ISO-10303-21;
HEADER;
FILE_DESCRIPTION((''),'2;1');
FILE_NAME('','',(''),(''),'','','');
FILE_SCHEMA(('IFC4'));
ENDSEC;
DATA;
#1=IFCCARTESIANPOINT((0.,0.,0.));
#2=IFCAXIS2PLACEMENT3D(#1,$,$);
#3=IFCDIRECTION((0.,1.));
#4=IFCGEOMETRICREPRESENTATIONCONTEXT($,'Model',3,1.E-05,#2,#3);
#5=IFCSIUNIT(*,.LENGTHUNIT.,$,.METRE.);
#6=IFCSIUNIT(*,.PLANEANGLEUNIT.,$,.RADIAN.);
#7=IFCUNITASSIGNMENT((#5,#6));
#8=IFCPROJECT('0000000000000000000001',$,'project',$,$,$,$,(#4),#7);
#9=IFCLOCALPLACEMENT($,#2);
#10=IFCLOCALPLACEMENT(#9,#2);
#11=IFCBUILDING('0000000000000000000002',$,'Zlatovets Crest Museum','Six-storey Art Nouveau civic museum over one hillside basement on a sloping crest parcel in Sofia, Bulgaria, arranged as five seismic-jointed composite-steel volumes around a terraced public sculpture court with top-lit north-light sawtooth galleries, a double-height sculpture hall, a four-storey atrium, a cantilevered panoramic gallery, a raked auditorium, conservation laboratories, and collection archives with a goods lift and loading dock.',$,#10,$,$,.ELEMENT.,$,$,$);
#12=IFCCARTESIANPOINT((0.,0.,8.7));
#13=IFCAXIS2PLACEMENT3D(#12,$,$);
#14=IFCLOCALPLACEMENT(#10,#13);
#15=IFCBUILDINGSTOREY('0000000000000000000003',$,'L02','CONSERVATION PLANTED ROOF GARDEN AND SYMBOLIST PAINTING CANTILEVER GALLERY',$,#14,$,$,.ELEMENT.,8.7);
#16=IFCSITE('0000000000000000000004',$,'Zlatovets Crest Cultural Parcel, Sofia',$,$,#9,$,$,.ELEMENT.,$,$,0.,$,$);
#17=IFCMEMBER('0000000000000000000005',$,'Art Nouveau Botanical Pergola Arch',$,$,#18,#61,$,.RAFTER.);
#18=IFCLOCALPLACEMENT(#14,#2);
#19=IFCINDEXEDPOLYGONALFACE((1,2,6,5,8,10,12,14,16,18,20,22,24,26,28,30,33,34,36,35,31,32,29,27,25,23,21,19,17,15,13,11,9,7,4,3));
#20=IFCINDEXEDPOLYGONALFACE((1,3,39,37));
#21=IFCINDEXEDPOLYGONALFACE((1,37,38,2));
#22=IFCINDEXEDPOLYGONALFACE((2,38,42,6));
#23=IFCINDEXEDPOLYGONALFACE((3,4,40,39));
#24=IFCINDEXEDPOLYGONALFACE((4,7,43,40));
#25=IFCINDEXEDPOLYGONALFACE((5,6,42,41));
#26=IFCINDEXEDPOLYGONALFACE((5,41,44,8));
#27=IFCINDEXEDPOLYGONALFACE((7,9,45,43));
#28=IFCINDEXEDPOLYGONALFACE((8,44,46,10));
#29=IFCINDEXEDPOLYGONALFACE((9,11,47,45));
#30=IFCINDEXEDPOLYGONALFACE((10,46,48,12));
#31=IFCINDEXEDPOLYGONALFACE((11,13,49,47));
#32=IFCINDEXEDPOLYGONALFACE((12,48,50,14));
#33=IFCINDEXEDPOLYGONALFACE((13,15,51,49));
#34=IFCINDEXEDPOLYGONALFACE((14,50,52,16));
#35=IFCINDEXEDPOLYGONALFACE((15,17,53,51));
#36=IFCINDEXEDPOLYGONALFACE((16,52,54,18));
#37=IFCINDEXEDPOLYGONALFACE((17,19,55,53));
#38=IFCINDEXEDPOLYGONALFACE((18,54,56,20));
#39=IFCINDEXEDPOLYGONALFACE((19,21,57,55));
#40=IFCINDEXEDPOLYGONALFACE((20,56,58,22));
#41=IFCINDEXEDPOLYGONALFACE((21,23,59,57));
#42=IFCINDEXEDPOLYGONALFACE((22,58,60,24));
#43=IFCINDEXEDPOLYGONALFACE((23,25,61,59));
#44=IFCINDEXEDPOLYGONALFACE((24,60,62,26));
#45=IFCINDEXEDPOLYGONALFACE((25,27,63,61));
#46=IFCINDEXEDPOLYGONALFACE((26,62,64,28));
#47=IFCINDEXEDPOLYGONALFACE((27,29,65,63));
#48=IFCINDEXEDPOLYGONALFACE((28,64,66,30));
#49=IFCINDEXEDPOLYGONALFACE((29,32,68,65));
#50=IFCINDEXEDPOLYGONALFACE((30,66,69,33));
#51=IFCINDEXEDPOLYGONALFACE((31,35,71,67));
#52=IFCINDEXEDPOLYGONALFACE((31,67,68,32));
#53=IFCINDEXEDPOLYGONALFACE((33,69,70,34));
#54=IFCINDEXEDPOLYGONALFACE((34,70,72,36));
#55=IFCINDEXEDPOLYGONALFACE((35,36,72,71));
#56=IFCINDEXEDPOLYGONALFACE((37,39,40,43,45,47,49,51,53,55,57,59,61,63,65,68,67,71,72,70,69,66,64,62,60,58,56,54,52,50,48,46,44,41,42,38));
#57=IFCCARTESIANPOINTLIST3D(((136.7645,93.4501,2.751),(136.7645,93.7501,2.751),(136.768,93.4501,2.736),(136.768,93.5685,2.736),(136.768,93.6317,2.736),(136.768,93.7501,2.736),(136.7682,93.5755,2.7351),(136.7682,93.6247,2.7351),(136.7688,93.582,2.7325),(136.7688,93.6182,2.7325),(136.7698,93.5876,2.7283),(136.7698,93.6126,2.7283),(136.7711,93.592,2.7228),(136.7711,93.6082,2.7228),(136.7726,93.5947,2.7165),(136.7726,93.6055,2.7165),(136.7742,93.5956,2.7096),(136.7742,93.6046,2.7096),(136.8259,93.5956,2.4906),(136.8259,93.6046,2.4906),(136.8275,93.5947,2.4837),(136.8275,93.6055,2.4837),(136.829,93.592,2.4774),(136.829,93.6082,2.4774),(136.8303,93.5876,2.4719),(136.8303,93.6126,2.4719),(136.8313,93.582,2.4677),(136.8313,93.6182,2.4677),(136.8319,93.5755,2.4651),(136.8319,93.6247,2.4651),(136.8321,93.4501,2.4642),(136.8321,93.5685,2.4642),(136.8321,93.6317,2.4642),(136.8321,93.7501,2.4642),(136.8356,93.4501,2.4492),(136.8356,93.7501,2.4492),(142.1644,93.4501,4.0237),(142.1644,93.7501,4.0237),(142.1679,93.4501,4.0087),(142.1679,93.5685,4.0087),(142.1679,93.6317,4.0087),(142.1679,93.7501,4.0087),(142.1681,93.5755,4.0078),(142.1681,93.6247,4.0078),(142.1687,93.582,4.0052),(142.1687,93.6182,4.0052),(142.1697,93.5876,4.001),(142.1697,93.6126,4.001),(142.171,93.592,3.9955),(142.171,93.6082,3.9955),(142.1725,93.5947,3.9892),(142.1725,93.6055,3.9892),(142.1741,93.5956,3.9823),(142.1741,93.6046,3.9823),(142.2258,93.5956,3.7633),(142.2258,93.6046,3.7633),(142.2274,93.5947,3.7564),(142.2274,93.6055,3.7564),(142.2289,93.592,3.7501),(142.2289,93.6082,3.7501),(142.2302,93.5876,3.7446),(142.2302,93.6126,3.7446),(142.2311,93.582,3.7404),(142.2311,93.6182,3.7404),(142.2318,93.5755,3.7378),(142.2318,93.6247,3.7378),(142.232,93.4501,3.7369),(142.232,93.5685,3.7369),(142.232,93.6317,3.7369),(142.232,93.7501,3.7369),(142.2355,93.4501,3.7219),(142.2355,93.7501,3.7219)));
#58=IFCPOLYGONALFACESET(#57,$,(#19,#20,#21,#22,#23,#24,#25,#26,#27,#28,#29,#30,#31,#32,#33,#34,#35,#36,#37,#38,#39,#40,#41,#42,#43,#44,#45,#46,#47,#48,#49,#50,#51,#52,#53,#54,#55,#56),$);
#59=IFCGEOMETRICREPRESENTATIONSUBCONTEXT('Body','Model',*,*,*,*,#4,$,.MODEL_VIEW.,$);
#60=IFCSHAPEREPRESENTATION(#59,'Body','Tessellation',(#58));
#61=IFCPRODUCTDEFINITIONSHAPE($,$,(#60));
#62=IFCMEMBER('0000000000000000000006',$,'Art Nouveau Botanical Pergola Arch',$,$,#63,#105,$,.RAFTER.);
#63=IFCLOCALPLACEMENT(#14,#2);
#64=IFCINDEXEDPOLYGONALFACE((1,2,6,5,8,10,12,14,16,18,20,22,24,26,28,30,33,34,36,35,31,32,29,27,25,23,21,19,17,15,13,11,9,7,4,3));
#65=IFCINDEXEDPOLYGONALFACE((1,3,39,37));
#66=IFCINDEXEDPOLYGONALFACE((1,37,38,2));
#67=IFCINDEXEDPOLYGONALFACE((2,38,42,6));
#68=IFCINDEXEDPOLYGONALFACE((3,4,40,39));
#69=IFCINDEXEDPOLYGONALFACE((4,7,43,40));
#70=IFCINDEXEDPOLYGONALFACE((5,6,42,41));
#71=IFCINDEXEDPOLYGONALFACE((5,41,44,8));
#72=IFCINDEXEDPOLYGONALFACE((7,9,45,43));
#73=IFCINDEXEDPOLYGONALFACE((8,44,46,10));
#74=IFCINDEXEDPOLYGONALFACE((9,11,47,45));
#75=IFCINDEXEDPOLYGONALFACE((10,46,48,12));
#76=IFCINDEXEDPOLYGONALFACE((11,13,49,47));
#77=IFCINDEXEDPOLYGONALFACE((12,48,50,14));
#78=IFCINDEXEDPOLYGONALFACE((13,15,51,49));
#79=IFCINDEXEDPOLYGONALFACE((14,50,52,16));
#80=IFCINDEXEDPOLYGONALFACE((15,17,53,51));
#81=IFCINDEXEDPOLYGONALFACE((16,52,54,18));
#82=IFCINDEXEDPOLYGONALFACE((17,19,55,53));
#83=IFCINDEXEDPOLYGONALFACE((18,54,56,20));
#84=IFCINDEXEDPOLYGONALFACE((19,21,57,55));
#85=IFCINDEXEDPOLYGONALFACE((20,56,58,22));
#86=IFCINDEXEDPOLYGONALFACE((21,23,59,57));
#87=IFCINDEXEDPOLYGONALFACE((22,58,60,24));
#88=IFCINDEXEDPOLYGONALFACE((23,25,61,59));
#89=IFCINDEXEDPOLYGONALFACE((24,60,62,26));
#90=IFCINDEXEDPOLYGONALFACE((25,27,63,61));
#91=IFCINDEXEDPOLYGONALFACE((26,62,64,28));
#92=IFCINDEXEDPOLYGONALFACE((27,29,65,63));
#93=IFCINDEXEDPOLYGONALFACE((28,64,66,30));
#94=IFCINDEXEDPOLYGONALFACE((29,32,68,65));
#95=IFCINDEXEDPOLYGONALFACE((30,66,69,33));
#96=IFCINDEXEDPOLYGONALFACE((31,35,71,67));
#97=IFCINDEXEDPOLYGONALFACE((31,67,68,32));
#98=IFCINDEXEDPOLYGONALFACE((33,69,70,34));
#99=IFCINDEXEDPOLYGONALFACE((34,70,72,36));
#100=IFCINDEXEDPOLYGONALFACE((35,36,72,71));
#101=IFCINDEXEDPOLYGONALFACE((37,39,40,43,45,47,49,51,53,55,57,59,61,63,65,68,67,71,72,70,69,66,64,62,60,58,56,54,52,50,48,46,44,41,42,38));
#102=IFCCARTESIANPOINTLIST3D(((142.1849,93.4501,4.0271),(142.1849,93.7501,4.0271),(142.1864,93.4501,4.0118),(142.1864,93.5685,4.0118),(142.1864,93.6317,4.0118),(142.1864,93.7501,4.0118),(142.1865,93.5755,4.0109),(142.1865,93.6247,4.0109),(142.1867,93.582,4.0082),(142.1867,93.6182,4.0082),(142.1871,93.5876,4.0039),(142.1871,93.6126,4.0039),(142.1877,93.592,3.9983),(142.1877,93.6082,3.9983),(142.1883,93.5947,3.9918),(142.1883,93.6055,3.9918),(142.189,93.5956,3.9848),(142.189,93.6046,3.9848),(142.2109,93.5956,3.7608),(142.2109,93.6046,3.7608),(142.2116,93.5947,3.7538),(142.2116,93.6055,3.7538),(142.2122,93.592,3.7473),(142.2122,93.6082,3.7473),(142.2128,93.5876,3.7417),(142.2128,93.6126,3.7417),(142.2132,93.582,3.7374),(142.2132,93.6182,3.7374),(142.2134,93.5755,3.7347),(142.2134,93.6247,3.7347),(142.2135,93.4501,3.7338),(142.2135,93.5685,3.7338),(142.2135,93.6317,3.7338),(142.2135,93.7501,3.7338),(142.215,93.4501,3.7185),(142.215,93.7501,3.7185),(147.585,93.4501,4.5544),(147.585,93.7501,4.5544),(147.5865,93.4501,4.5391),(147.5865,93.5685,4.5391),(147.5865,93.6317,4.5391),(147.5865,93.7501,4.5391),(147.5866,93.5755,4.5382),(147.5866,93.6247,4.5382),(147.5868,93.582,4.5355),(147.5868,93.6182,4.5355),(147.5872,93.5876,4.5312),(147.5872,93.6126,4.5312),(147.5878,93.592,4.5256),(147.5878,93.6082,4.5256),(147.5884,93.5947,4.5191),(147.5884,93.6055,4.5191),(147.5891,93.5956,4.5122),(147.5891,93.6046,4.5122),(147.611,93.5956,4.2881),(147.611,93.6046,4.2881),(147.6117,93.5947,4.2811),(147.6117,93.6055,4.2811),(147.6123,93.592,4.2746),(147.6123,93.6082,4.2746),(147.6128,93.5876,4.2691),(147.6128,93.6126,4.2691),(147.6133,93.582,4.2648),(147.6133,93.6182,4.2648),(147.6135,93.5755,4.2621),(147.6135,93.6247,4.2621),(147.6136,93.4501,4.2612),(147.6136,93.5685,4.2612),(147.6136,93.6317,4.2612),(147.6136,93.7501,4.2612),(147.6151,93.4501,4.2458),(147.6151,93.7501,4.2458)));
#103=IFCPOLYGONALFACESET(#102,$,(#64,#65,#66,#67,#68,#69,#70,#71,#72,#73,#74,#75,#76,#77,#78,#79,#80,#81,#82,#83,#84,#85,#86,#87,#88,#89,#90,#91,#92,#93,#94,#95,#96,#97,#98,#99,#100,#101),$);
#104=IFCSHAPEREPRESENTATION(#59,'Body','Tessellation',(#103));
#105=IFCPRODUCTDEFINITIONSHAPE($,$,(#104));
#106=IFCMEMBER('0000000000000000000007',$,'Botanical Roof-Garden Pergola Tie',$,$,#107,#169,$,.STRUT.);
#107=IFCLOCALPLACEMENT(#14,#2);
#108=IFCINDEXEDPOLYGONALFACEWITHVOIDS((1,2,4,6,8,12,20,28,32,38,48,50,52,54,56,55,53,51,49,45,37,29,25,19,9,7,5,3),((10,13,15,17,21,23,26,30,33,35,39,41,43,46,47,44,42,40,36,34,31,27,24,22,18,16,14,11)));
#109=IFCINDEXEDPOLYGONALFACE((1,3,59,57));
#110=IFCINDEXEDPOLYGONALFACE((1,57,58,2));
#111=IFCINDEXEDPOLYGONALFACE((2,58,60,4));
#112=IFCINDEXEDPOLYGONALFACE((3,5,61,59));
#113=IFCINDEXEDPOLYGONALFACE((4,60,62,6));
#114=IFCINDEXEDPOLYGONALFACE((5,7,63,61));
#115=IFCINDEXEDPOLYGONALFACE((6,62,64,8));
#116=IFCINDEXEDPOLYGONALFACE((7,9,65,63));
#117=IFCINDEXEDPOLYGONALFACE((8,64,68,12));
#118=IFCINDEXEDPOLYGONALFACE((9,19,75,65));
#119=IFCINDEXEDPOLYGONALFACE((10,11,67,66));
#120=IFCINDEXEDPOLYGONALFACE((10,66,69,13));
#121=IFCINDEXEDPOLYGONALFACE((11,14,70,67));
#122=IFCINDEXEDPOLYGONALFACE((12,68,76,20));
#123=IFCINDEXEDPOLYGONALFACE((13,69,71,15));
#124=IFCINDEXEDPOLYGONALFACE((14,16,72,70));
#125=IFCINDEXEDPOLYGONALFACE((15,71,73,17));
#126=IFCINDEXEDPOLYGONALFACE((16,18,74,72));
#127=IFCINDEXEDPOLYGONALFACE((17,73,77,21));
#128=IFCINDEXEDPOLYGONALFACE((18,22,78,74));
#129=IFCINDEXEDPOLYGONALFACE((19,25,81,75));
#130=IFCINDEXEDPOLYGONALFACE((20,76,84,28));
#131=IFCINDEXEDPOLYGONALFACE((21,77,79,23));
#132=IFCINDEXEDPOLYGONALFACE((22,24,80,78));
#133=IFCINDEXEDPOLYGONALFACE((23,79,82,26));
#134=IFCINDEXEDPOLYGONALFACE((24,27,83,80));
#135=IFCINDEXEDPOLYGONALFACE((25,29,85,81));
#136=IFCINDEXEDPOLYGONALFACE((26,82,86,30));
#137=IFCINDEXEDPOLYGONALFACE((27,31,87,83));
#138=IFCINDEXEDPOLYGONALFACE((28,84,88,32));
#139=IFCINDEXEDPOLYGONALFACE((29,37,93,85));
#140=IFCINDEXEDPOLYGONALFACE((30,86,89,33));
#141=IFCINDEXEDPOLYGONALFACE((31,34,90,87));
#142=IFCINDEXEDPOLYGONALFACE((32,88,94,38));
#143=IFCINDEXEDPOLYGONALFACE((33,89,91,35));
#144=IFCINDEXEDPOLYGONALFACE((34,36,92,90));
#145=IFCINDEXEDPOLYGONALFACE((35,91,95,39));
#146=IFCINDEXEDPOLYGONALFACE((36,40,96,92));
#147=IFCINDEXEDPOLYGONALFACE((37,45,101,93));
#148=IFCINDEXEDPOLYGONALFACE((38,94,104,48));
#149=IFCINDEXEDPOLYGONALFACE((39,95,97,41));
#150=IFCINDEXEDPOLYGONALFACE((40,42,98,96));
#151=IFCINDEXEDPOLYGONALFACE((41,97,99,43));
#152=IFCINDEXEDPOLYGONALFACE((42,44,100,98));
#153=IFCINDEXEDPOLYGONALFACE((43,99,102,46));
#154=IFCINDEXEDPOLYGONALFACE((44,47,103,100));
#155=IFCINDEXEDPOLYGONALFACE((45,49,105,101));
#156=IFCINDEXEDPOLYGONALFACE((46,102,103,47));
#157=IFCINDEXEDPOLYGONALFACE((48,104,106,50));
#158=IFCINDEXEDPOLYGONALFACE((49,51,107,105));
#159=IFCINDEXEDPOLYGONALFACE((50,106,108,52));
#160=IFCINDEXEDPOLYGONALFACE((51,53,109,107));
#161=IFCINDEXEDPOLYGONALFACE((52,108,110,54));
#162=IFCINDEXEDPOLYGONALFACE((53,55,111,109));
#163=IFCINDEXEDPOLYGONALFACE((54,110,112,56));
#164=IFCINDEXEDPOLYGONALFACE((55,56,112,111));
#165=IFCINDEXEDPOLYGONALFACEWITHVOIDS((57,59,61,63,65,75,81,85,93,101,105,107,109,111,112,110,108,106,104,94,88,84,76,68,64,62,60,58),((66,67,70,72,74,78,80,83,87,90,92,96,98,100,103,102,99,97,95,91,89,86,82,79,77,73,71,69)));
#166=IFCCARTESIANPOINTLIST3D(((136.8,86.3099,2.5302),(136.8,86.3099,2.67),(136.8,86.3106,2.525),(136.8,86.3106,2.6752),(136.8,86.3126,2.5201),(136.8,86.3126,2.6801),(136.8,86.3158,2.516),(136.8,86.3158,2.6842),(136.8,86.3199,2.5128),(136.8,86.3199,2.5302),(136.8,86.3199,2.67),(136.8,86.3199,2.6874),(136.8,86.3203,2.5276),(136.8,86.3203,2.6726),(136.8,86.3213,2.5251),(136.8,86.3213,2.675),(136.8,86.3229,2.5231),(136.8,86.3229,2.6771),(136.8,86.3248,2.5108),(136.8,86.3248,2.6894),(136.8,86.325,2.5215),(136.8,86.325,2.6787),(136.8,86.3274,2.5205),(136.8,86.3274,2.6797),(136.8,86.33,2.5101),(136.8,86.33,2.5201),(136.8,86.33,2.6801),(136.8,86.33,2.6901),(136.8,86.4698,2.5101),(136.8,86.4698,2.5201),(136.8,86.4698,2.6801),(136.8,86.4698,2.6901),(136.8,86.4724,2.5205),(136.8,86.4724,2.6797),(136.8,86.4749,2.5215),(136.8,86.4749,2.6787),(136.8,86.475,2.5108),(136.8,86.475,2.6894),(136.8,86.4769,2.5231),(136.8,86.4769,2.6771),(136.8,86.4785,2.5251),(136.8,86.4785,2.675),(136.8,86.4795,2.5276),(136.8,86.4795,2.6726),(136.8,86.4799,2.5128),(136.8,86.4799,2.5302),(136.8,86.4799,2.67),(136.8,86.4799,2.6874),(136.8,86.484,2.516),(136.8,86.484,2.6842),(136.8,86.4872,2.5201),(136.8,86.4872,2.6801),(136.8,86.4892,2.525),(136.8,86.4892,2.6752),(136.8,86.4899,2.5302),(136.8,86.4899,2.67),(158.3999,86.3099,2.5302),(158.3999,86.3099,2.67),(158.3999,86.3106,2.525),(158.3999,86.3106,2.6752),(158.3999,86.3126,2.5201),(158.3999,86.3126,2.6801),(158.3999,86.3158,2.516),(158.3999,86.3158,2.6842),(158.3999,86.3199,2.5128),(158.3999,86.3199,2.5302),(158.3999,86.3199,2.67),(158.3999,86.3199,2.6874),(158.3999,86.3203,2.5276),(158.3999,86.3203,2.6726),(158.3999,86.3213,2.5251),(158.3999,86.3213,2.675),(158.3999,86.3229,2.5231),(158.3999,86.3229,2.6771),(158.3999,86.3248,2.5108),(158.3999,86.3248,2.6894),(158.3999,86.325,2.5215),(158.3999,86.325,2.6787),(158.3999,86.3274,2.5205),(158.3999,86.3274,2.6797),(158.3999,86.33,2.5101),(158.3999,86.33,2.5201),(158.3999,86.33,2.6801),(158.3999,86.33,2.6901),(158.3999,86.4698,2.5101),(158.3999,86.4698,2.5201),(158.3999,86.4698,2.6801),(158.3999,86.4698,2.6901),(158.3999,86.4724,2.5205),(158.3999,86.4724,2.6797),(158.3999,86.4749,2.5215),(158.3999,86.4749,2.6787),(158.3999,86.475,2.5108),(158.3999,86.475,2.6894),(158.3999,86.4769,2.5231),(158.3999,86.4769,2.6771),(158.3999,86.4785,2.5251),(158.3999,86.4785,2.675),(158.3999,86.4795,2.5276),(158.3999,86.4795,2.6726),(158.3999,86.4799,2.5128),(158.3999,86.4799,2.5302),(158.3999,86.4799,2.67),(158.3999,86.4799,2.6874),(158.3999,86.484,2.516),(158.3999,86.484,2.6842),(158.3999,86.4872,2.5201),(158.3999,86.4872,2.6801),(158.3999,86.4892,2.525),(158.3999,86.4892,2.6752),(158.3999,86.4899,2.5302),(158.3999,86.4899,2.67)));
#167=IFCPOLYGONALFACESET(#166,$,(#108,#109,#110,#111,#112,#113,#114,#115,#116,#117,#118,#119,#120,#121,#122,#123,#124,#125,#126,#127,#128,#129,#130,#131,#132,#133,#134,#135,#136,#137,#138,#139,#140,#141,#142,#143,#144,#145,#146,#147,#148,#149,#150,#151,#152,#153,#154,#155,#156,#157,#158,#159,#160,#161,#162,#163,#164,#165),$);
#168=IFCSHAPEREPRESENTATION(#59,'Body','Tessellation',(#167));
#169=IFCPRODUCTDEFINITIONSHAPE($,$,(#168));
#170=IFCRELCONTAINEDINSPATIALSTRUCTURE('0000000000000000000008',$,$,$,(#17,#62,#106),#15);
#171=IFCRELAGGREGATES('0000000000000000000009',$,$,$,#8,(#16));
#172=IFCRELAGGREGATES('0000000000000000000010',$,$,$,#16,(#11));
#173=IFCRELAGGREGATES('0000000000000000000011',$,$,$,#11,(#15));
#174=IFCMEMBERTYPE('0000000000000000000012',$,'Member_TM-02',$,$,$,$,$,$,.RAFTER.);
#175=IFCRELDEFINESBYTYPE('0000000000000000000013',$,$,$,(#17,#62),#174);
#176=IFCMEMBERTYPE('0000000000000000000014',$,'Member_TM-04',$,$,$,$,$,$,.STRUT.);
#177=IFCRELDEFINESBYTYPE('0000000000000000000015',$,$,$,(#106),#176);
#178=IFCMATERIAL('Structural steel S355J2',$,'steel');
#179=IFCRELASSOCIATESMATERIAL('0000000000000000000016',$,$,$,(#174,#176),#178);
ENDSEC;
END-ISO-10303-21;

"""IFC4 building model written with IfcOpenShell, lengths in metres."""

from ifc_helpers import new_model, si_unit, direction, frame, origin, origin_2d, place, context, subcontext, project, spatial, hollow_rectangle, i_section, extrude, material, material_profile, profile_set, type_object, element, save


model = new_model("IFC4")

# Units and contexts
model_context = context("Model", 3, precision=1e-05, world=origin(), true_north=direction((0.0, 1.0)))
body_context = subcontext(model_context, "Body", "Model", "MODEL_VIEW")
ifc_project = project(units=[si_unit("LENGTHUNIT", "METRE"), si_unit("PLANEANGLEUNIT", "RADIAN")], contexts=[model_context])

# Site, building, storey
site_placement = place(None, origin())
site = spatial("IfcSite", under=ifc_project, at=site_placement, Name="Zlatovets Crest Cultural Parcel, Sofia", CompositionType="ELEMENT", RefElevation=0.0)
building_placement = place(site_placement, origin())
building = spatial("IfcBuilding", under=site, at=building_placement, Name="Zlatovets Crest Museum", Description="Six-storey Art Nouveau civic museum over one hillside basement on a sloping crest parcel in Sofia, Bulgaria, arranged as five seismic-jointed composite-steel volumes around a terraced public sculpture court with top-lit north-light sawtooth galleries, a double-height sculpture hall, a four-storey atrium, a cantilevered panoramic gallery, a raked auditorium, conservation laboratories, and collection archives with a goods lift and loading dock.", CompositionType="ELEMENT")
storey_placement = place(building_placement, frame((0.0, 0.0, 8.7)))
storey = spatial("IfcBuildingStorey", under=building, at=storey_placement, Name="L02", Description="CONSERVATION PLANTED ROOF GARDEN AND SYMBOLIST PAINTING CANTILEVER GALLERY", CompositionType="ELEMENT", Elevation=8.7)

# Shared definitions
ifc_material_1 = material(Name="Structural steel S355J2", Category="steel")

# Members
ifc_material_profile_1 = material_profile(ifc_material_1, i_section(OverallWidth=0.3, OverallDepth=0.3101, WebThickness=0.009, FlangeThickness=0.0154, FilletRadius=0.0271, at=origin_2d()), Name="HEA 320")
ifc_profile_set_1 = profile_set([ifc_material_profile_1], Name="Structural steel S355J2")
member_type_1 = type_object("IfcMemberType", Name="Member_TM-02", PredefinedType="RAFTER", material=ifc_profile_set_1)
member_1_placement = place(storey_placement, frame((136.8, 93.6001, 2.6001), z_axis=(0.973331, 0.0, 0.229405), x_axis=(0.0, 1.0, 0.0)))
element("IfcMember", 1, at=member_1_placement, inside=storey, type_object=member_type_1, Name="Art Nouveau Botanical Pergola Arch", PredefinedType="RAFTER", context=body_context, shape_type="SweptSolid", body=[
    extrude(i_section(OverallWidth=0.3, OverallDepth=0.3101, WebThickness=0.009, FlangeThickness=0.0154, FilletRadius=0.0271, at=origin_2d()), origin(), (0.0, 0.0, 1.0), 5.5479),
])
member_2_placement = place(storey_placement, frame((142.2, 93.6001, 3.8728), z_axis=(0.995266, 0.0, 0.097191), x_axis=(0.0, 1.0, 0.0)))
element("IfcMember", 2, at=member_2_placement, inside=storey, type_object=member_type_1, Name="Art Nouveau Botanical Pergola Arch", PredefinedType="RAFTER", context=body_context, shape_type="SweptSolid", body=[
    extrude(i_section(OverallWidth=0.3, OverallDepth=0.3101, WebThickness=0.009, FlangeThickness=0.0154, FilletRadius=0.0271, at=origin_2d()), origin(), (0.0, 0.0, 1.0), 5.4258),
])
ifc_material_profile_2 = material_profile(ifc_material_1, hollow_rectangle(XDim=0.1799, YDim=0.1799, WallThickness=0.01, InnerFilletRadius=0.01, OuterFilletRadius=0.02, at=origin_2d()), Name="SHS 180x180x10.0")
ifc_profile_set_2 = profile_set([ifc_material_profile_2], Name="Structural steel S355J2")
member_type_2 = type_object("IfcMemberType", Name="Member_TM-04", PredefinedType="STRUT", material=ifc_profile_set_2)
for number, where, z_axis, x_axis, name in (
    (3, (136.8, 86.3999, 2.6001), (1.0, 0.0, 0.0), (0.0, 1.0, 0.0), "Botanical Roof-Garden Pergola Tie"),
):
    element("IfcMember", number, at=place(storey_placement, frame(where, z_axis=z_axis, x_axis=x_axis)), inside=storey, type_object=member_type_2, Name=name, PredefinedType="STRUT", context=body_context, shape_type="SweptSolid", body=[
        extrude(hollow_rectangle(XDim=0.1799, YDim=0.1799, WallThickness=0.01, InnerFilletRadius=0.01, OuterFilletRadius=0.02, at=origin_2d()), origin(), (0.0, 0.0, 1.0), 21.5999),
    ])

save(model, "model.ifc")
